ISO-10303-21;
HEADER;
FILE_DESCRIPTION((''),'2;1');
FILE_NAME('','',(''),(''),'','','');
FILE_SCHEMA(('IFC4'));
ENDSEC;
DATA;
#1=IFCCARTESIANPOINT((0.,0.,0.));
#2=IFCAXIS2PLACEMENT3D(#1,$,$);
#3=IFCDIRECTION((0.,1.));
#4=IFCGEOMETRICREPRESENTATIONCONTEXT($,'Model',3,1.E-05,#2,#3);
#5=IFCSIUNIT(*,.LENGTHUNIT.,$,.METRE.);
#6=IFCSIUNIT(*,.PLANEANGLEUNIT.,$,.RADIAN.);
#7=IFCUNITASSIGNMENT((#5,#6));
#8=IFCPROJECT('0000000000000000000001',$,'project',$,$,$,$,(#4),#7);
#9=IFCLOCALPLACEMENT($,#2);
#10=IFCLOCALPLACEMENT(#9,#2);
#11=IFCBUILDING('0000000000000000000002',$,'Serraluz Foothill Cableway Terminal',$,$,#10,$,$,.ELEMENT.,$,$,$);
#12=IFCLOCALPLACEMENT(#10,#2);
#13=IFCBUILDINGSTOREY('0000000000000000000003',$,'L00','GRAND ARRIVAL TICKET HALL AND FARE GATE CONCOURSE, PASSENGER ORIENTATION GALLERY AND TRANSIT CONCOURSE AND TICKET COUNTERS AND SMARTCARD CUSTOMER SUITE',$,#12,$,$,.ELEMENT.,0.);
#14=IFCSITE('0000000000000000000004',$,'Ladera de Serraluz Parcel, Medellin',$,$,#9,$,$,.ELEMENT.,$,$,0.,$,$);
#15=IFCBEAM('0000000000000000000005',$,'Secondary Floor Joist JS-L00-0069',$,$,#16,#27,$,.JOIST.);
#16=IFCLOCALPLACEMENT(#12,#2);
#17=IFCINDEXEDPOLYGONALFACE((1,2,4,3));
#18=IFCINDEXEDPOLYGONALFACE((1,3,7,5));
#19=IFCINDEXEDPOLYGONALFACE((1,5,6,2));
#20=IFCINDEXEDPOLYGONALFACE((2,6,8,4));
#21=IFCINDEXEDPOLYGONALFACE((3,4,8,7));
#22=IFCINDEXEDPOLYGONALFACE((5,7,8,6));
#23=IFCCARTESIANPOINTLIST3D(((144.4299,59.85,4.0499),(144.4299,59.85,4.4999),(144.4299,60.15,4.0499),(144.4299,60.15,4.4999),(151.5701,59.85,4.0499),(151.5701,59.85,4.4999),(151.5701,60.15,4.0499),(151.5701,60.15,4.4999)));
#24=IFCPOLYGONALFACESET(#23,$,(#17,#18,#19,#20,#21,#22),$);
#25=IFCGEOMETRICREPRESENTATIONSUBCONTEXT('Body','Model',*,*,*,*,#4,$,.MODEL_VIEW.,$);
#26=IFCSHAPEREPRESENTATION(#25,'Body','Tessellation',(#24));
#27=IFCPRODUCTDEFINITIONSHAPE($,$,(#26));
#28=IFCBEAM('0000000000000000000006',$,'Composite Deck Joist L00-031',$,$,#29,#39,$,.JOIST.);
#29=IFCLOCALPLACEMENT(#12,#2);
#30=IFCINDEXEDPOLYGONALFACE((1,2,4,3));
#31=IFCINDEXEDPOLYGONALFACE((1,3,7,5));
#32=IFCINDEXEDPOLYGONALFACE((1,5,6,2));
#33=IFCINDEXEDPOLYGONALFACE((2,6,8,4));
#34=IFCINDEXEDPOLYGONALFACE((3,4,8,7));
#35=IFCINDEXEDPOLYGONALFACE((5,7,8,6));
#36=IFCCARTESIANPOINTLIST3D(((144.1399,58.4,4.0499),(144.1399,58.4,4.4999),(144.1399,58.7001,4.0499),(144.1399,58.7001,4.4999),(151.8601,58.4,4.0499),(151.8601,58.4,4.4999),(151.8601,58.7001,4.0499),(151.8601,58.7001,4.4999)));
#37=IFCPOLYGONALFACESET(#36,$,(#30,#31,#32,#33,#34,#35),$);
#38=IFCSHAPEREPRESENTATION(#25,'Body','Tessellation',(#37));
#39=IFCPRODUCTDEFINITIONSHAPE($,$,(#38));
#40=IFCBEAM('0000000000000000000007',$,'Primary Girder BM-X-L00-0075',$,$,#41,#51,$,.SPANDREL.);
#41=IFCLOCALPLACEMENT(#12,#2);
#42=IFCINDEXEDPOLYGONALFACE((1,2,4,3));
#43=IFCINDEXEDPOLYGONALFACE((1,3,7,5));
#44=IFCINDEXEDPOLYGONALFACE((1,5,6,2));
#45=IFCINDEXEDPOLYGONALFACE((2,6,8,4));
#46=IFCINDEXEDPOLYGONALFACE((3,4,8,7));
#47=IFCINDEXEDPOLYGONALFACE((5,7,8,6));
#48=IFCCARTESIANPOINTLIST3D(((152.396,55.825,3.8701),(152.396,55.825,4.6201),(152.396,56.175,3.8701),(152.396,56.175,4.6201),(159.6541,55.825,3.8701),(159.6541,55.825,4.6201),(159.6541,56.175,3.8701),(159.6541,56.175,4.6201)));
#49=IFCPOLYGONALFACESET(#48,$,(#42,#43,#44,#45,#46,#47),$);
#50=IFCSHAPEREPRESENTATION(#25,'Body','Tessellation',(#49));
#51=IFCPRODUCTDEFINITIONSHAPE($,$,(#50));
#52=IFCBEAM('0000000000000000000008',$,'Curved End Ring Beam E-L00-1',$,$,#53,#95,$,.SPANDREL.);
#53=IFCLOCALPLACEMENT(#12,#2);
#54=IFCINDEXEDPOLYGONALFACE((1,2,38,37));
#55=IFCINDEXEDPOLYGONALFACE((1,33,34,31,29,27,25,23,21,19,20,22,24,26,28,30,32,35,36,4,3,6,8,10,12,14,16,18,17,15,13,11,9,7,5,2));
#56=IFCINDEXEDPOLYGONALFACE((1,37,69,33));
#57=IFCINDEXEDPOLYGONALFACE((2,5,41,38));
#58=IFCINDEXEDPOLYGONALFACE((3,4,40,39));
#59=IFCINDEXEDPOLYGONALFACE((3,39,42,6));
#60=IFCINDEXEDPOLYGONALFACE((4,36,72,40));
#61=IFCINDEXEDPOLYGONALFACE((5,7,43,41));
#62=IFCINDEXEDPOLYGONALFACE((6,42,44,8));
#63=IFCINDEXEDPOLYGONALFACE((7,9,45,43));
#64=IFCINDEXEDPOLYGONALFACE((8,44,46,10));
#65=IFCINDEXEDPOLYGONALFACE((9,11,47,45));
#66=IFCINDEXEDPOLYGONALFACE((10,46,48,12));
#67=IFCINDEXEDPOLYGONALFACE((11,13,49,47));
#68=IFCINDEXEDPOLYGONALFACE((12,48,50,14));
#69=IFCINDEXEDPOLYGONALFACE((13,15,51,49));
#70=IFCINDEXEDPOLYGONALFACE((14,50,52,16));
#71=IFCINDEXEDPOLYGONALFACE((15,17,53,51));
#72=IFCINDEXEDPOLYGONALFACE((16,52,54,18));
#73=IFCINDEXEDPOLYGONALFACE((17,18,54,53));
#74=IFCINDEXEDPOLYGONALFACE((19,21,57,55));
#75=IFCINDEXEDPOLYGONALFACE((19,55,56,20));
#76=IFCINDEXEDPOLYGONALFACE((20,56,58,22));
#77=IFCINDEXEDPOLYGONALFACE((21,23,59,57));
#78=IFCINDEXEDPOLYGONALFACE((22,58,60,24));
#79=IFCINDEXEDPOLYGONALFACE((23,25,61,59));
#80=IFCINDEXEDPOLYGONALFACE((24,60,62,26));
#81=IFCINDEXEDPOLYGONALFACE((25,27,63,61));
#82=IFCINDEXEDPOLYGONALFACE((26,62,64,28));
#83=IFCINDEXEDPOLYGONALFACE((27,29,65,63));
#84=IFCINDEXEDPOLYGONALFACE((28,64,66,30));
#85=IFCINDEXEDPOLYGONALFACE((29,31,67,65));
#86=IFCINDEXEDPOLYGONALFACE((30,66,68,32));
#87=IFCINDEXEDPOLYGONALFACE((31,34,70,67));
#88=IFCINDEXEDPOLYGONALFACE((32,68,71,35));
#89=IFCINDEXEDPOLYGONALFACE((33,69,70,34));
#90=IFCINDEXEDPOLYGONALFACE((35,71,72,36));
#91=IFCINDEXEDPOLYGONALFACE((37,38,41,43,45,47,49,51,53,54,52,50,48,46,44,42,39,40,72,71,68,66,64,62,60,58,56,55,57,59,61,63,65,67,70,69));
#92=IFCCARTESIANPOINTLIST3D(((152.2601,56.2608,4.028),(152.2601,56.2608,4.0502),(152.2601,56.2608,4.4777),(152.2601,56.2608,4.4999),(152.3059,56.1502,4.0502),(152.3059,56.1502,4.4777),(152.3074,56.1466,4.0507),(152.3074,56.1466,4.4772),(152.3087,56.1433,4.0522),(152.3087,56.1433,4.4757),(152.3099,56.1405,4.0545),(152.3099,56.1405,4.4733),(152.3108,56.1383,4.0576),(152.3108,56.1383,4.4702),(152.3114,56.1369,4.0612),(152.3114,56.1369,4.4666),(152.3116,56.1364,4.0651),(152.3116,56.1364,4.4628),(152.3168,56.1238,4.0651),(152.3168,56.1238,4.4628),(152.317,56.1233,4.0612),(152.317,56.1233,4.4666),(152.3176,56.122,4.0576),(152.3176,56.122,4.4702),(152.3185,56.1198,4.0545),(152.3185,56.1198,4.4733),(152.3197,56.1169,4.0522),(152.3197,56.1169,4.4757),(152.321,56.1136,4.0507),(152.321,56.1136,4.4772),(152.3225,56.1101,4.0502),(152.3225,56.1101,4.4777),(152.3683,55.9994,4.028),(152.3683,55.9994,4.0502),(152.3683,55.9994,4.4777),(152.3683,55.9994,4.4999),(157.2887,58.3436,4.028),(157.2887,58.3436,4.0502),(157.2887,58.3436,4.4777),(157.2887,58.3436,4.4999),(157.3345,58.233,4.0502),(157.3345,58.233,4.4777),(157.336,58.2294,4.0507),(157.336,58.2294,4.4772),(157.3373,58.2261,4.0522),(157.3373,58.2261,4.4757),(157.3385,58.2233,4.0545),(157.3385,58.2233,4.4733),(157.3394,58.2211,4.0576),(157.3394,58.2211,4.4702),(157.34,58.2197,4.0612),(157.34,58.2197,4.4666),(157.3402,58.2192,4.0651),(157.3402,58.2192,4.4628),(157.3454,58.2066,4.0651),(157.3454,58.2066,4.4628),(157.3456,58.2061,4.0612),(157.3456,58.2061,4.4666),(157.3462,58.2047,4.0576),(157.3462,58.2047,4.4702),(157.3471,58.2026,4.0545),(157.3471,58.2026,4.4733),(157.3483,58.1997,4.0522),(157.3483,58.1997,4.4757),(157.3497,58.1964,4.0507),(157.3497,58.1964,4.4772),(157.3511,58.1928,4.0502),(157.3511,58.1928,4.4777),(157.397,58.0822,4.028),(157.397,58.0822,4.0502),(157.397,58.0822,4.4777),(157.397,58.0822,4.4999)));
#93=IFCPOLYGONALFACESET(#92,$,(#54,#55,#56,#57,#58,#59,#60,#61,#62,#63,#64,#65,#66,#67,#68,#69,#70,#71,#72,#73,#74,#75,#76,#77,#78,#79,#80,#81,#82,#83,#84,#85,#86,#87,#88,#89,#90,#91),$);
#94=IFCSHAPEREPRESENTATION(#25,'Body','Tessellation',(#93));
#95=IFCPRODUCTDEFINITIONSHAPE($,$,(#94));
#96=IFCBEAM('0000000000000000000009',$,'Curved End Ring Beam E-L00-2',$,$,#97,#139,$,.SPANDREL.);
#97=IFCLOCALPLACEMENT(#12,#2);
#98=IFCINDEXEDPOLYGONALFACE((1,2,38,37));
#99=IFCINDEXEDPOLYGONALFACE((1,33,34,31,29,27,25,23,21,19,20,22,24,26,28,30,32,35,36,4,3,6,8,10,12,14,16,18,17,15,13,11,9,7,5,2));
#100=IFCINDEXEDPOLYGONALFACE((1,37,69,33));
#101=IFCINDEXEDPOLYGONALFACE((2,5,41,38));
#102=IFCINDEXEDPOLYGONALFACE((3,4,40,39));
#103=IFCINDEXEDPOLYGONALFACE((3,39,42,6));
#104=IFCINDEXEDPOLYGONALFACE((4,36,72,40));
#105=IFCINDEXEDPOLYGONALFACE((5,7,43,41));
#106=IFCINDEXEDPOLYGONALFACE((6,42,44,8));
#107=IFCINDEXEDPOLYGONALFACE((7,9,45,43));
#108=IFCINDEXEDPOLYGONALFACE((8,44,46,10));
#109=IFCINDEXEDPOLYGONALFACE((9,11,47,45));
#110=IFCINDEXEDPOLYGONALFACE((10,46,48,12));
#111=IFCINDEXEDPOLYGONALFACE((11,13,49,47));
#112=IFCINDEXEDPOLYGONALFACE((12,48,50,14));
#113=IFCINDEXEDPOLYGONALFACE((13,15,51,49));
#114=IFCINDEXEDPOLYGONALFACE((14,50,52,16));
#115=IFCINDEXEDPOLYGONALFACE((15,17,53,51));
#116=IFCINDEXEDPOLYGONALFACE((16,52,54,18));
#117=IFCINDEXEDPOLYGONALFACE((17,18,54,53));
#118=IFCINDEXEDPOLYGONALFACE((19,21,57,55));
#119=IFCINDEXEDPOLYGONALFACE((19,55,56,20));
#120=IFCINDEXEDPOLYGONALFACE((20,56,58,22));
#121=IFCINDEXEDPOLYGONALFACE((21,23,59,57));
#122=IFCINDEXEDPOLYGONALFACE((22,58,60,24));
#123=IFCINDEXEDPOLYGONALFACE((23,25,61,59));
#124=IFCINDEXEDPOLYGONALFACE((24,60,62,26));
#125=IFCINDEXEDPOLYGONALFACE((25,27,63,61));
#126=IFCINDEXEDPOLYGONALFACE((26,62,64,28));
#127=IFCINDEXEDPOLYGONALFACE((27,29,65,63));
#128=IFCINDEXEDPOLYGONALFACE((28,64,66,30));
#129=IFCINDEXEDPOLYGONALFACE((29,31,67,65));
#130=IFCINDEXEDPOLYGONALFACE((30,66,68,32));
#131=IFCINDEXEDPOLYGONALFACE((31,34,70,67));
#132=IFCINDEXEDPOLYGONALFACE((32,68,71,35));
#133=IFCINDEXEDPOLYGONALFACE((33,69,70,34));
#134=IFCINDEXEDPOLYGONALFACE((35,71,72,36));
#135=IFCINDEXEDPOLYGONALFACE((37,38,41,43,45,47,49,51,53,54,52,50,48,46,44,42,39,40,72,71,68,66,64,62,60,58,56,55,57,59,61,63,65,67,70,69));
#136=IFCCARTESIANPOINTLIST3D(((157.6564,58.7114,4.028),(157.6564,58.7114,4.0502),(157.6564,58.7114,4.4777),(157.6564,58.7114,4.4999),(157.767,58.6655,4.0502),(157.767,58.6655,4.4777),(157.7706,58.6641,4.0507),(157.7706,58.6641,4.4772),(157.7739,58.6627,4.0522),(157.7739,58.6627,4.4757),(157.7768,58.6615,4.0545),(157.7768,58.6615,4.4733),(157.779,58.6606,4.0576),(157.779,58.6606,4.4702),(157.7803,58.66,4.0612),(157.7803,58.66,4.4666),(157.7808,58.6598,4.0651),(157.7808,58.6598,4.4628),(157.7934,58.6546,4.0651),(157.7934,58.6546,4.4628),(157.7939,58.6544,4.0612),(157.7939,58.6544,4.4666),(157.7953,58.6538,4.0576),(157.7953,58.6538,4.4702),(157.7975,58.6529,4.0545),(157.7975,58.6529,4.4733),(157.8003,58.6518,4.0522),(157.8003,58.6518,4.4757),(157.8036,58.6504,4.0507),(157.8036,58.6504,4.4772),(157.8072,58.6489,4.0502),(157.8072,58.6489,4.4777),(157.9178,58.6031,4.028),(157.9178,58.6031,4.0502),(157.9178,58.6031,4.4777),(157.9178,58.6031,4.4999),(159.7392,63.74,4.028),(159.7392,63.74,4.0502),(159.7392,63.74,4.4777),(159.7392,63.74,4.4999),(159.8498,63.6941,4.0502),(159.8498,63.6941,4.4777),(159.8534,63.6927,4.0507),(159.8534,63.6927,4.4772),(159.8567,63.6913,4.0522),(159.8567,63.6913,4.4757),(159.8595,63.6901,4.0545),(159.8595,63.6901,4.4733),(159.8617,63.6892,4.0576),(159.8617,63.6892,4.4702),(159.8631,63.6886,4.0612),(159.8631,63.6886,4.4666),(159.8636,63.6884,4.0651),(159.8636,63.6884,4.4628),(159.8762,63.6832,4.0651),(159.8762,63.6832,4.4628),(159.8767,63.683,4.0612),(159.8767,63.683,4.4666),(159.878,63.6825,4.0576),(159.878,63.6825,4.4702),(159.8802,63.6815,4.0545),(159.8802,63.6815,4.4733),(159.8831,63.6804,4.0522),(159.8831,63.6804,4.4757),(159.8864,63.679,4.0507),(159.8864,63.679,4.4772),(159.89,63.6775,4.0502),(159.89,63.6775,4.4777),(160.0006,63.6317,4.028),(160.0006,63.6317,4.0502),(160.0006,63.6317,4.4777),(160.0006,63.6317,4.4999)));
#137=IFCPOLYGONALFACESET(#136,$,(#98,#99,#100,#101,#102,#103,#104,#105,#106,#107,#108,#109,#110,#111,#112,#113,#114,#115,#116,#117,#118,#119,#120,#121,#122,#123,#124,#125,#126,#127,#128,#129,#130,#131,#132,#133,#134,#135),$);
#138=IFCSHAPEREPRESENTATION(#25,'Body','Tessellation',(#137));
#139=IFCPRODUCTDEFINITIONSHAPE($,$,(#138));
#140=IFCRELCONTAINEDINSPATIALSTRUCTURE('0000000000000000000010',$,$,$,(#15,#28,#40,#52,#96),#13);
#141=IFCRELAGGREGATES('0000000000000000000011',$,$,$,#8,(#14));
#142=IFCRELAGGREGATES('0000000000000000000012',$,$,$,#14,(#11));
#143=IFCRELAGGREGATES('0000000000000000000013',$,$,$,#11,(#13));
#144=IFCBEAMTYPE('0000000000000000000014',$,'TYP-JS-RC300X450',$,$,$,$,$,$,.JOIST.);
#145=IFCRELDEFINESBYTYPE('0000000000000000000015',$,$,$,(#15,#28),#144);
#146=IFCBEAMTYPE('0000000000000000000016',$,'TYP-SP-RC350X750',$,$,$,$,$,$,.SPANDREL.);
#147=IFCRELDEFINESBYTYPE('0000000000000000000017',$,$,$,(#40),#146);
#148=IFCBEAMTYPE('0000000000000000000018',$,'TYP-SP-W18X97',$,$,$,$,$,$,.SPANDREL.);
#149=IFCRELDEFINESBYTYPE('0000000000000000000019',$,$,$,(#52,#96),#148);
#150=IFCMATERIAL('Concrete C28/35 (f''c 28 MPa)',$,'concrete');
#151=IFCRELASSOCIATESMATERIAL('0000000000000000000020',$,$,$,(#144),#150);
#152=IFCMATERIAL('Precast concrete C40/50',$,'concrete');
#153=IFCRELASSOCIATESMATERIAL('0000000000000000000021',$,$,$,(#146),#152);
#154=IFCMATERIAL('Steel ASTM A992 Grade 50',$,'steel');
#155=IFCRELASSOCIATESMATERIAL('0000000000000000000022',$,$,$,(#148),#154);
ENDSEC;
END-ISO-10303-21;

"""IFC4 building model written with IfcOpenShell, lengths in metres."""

from ifc_helpers import new_model, si_unit, direction, frame, origin, origin_2d, place, context, subcontext, project, spatial, rectangle, i_section, extrude, material, material_profile, profile_set, type_object, element, save


model = new_model("IFC4")

# Units and contexts
model_context = context("Model", 3, precision=1e-05, world=origin(), true_north=direction((0.0, 1.0)))
body_context = subcontext(model_context, "Body", "Model", "MODEL_VIEW")
ifc_project = project(units=[si_unit("LENGTHUNIT", "METRE"), si_unit("PLANEANGLEUNIT", "RADIAN")], contexts=[model_context])

# Site, building, storey
site_placement = place(None, origin())
site = spatial("IfcSite", under=ifc_project, at=site_placement, Name="Ladera de Serraluz Parcel, Medellin", CompositionType="ELEMENT", RefElevation=0.0)
building_placement = place(site_placement, origin())
building = spatial("IfcBuilding", under=site, at=building_placement, Name="Serraluz Foothill Cableway Terminal", CompositionType="ELEMENT")
storey_placement = place(building_placement, origin())
storey = spatial("IfcBuildingStorey", under=building, at=storey_placement, Name="L00", Description="GRAND ARRIVAL TICKET HALL AND FARE GATE CONCOURSE, PASSENGER ORIENTATION GALLERY AND TRANSIT CONCOURSE AND TICKET COUNTERS AND SMARTCARD CUSTOMER SUITE", CompositionType="ELEMENT", Elevation=0.0)

# Shared definitions
ifc_material_1 = material(Name="Concrete C28/35 (f'c 28 MPa)", Category="concrete")

# Beams
ifc_material_profile_1 = material_profile(ifc_material_1, rectangle(XDim=0.3, YDim=0.45, at=origin_2d()), Name="RC 300x450")
ifc_profile_set_1 = profile_set([ifc_material_profile_1], Name="Concrete C28/35 (f'c 28 MPa)")
beam_type_1 = type_object("IfcBeamType", Name="TYP-JS-RC300X450", PredefinedType="JOIST", material=ifc_profile_set_1)
beam_1_placement = place(storey_placement, frame((144.4299, 60.0, 4.2749), z_axis=(1.0, 0.0, 0.0), x_axis=(0.0, 1.0, 0.0)))
element("IfcBeam", 1, at=beam_1_placement, inside=storey, type_object=beam_type_1, Name="Secondary Floor Joist JS-L00-0069", PredefinedType="JOIST", context=body_context, shape_type="SweptSolid", body=[
    extrude(rectangle(XDim=0.3, YDim=0.45, at=origin_2d()), origin(), (0.0, 0.0, 1.0), 7.1401),
])
beam_2_placement = place(storey_placement, frame((144.1399, 58.55, 4.2749), z_axis=(1.0, 0.0, 0.0), x_axis=(0.0, 1.0, 0.0)))
element("IfcBeam", 2, at=beam_2_placement, inside=storey, type_object=beam_type_1, Name="Composite Deck Joist L00-031", PredefinedType="JOIST", context=body_context, shape_type="SweptSolid", body=[
    extrude(rectangle(XDim=0.3, YDim=0.45, at=origin_2d()), origin(), (0.0, 0.0, 1.0), 7.7202),
])
ifc_material_2 = material(Name="Precast concrete C40/50", Category="concrete")
ifc_material_profile_2 = material_profile(ifc_material_2, rectangle(XDim=0.3501, YDim=0.75, at=origin_2d()), Name="RC SP 350x750")
ifc_profile_set_2 = profile_set([ifc_material_profile_2], Name="Precast concrete C40/50")
beam_type_2 = type_object("IfcBeamType", Name="TYP-SP-RC350X750", PredefinedType="SPANDREL", material=ifc_profile_set_2)
beam_3_placement = place(storey_placement, frame((152.396, 56.0, 4.2451), z_axis=(1.0, 0.0, 0.0), x_axis=(0.0, 1.0, 0.0)))
element("IfcBeam", 3, at=beam_3_placement, inside=storey, type_object=beam_type_2, Name="Primary Girder BM-X-L00-0075", PredefinedType="SPANDREL", context=body_context, shape_type="SweptSolid", body=[
    extrude(rectangle(XDim=0.3501, YDim=0.75, at=origin_2d()), origin(), (0.0, 0.0, 1.0), 7.2581),
])
ifc_material_3 = material(Name="Steel ASTM A992 Grade 50", Category="steel")
ifc_material_profile_3 = material_profile(ifc_material_3, i_section(OverallWidth=0.283, OverallDepth=0.4719, WebThickness=0.0137, FlangeThickness=0.0222, FilletRadius=0.0149, at=origin_2d()), Name="W18X97")
ifc_profile_set_3 = profile_set([ifc_material_profile_3], Name="Steel ASTM A992 Grade 50")
beam_type_3 = type_object("IfcBeamType", Name="TYP-SP-W18X97", PredefinedType="SPANDREL", material=ifc_profile_set_3)
for number, where, z_axis, x_axis, name in (
    (4, (152.3142, 56.1301, 4.2639), (0.923888, 0.382662, 0.0), (-0.382662, 0.923888, 0.0), "Curved End Ring Beam E-L00-1"),
    (5, (157.7871, 58.6572, 4.2639), (0.382662, 0.923888, 0.0), (-0.923888, 0.382662, 0.0), "Curved End Ring Beam E-L00-2"),
):
    element("IfcBeam", number, at=place(storey_placement, frame(where, z_axis=z_axis, x_axis=x_axis)), inside=storey, type_object=beam_type_3, Name=name, PredefinedType="SPANDREL", context=body_context, shape_type="SweptSolid", body=[
        extrude(i_section(OverallWidth=0.283, OverallDepth=0.4719, WebThickness=0.0137, FlangeThickness=0.0222, FilletRadius=0.0149, at=origin_2d()), origin(), (0.0, 0.0, 1.0), 5.4429),
    ])

save(model, "model.ifc")
